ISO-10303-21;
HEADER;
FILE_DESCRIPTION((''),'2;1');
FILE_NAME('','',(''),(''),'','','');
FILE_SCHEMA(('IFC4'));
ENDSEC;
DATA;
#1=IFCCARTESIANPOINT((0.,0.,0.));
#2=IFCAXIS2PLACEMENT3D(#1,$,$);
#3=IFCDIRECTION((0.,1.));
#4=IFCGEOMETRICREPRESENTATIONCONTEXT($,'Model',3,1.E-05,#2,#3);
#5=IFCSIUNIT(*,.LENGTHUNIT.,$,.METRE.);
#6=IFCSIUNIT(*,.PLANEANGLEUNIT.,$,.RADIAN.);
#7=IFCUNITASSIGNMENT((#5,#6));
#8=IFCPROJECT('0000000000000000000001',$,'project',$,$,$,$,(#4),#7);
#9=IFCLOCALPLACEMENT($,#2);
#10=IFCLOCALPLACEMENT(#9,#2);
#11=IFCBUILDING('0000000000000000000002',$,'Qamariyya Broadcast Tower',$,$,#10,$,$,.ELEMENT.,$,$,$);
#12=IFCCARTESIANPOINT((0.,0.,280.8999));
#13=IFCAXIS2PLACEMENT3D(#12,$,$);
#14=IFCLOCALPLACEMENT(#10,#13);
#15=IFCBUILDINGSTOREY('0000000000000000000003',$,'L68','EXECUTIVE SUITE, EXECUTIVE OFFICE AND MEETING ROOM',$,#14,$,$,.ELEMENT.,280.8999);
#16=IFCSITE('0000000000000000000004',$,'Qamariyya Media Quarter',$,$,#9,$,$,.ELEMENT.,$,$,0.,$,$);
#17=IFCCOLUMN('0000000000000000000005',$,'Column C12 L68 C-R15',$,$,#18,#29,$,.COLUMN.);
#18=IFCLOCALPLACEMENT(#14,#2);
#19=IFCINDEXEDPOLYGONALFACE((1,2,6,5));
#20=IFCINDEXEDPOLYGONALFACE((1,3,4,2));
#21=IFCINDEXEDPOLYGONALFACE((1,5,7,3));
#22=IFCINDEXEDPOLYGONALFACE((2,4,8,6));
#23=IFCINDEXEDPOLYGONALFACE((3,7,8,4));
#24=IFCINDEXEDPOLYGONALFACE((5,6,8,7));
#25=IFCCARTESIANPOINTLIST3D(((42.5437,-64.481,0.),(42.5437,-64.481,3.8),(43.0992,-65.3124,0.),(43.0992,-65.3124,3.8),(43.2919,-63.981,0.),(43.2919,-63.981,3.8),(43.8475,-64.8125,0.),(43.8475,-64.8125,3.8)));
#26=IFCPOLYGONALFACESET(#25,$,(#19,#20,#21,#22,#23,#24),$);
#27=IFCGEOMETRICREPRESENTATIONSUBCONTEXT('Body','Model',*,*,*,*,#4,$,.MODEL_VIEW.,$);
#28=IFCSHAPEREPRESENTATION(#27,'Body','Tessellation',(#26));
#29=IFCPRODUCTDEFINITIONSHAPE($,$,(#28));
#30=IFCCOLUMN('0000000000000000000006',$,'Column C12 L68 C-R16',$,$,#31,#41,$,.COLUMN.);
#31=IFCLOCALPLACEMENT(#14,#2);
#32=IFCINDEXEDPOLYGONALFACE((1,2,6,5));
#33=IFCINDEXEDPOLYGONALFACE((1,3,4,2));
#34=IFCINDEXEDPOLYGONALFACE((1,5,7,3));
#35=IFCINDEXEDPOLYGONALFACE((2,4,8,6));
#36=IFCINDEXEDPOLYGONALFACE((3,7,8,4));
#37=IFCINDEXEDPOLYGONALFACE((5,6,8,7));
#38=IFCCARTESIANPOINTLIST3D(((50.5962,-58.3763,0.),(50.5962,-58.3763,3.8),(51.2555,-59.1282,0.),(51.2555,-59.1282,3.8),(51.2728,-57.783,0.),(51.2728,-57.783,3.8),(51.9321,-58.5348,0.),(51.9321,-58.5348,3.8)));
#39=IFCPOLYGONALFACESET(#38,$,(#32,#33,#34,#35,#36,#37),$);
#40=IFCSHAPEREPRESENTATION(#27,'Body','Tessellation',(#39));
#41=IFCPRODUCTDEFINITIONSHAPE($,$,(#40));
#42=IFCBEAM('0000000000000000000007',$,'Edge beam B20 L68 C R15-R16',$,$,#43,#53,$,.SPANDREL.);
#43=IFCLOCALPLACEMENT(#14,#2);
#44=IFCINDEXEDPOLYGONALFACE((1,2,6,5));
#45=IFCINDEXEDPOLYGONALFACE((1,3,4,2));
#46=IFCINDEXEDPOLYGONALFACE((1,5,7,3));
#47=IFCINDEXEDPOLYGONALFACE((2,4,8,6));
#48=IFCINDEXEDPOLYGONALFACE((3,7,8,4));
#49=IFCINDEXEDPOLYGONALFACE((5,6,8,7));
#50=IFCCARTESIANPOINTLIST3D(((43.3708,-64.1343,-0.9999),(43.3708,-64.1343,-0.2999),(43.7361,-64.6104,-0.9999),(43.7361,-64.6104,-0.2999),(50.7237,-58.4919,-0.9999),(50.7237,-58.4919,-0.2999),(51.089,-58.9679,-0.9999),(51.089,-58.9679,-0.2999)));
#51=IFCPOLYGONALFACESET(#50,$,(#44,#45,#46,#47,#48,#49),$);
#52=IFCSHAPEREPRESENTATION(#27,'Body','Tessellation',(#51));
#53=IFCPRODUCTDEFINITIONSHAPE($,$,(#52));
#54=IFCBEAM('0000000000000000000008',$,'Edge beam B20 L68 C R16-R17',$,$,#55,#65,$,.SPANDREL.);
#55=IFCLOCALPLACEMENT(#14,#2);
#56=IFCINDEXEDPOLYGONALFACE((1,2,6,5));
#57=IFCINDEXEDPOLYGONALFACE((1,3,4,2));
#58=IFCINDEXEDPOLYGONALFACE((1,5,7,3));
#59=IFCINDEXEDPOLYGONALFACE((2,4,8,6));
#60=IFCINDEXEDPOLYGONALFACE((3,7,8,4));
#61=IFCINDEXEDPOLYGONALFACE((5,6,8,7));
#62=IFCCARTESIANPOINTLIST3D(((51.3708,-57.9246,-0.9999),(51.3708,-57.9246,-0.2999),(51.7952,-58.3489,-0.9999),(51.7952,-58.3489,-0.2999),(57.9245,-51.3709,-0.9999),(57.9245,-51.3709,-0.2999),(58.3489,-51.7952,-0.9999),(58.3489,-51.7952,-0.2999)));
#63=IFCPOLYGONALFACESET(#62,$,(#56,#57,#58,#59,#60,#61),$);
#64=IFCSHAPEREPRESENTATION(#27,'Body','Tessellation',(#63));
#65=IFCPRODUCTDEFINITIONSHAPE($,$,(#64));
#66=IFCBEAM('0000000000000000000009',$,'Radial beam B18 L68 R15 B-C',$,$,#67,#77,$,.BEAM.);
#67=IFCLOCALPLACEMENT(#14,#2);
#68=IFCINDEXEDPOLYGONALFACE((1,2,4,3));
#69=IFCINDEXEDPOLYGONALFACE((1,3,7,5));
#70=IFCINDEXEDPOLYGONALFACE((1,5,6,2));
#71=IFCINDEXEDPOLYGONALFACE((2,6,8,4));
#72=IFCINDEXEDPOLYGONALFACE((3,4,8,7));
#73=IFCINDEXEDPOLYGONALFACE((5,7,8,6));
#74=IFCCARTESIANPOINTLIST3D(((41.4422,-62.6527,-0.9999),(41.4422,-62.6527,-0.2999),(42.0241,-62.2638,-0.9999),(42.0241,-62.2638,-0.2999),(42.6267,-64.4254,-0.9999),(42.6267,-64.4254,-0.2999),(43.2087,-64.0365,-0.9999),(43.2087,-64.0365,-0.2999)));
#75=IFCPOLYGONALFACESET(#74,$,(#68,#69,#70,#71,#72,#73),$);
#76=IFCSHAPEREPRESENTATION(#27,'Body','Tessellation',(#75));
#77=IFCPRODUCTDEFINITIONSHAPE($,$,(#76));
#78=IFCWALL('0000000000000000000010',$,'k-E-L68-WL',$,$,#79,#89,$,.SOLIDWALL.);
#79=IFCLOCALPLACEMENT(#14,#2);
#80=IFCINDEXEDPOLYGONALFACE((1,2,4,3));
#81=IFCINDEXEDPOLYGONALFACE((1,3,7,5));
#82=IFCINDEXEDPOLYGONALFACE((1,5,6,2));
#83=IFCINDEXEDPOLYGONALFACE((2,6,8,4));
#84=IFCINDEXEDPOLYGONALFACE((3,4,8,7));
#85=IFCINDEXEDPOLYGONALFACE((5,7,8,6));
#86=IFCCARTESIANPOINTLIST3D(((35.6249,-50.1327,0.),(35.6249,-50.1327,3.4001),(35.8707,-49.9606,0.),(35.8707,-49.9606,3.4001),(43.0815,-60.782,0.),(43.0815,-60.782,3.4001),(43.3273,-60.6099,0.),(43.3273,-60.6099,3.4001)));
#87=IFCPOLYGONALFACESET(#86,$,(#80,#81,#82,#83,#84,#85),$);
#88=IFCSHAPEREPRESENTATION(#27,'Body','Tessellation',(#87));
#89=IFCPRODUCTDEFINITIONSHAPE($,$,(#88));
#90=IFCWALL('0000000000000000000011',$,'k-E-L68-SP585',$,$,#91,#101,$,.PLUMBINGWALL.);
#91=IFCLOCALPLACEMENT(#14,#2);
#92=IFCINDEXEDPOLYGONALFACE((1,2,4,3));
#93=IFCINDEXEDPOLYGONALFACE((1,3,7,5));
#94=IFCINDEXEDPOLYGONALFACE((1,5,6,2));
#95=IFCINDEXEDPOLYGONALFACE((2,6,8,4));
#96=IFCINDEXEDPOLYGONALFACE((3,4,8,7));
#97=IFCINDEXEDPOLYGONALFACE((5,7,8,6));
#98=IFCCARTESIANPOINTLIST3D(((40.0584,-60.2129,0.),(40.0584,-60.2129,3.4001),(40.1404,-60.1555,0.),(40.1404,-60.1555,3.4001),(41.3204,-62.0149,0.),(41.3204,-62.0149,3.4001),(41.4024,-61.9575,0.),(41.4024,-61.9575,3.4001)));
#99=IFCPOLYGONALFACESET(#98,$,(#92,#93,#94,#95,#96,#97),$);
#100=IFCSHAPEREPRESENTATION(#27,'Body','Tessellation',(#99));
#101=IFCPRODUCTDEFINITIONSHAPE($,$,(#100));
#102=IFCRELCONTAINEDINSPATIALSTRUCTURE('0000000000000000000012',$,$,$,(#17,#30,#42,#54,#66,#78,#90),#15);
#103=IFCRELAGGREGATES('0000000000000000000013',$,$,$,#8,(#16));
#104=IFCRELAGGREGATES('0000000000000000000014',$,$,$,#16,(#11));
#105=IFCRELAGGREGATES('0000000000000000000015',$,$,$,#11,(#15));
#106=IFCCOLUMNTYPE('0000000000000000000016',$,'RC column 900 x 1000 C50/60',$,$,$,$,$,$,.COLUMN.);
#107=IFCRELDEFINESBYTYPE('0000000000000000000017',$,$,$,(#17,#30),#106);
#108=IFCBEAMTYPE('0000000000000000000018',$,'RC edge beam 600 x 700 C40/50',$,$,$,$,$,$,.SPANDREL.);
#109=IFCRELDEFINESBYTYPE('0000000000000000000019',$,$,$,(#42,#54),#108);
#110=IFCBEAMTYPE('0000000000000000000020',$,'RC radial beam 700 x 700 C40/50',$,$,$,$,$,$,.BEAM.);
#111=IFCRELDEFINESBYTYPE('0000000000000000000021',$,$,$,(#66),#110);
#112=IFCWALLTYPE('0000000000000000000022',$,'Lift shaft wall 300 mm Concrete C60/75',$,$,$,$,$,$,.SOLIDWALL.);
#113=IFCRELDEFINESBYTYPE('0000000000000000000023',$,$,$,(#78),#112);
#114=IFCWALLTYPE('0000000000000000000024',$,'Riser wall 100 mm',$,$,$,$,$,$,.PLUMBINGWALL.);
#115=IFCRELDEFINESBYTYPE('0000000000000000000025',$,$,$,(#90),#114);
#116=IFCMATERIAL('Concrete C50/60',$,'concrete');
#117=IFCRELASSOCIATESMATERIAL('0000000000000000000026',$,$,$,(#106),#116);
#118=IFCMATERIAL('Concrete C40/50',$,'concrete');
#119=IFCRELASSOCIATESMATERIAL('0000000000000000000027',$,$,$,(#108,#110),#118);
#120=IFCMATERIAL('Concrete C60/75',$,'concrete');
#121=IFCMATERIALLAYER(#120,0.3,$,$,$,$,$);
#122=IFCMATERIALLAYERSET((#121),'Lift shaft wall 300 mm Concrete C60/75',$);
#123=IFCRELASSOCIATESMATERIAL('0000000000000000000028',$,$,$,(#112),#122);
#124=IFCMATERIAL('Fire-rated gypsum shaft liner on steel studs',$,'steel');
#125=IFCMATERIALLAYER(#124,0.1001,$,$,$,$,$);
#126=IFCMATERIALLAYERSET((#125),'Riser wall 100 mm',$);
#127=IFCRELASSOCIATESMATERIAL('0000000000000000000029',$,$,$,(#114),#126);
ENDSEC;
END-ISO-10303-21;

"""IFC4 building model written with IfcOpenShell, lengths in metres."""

from ifc_helpers import new_model, si_unit, direction, frame, frame_2d, origin, origin_2d, place, context, subcontext, project, spatial, rectangle, extrude, material, layer, layer_set, material_profile, profile_set, type_object, element, save


model = new_model("IFC4")

# Units and contexts
model_context = context("Model", 3, precision=1e-05, world=origin(), true_north=direction((0.0, 1.0)))
body_context = subcontext(model_context, "Body", "Model", "MODEL_VIEW")
ifc_project = project(units=[si_unit("LENGTHUNIT", "METRE"), si_unit("PLANEANGLEUNIT", "RADIAN")], contexts=[model_context])

# Site, building, storey
site_placement = place(None, origin())
site = spatial("IfcSite", under=ifc_project, at=site_placement, Name="Qamariyya Media Quarter", CompositionType="ELEMENT", RefElevation=0.0)
building_placement = place(site_placement, origin())
building = spatial("IfcBuilding", under=site, at=building_placement, Name="Qamariyya Broadcast Tower", CompositionType="ELEMENT")
storey_placement = place(building_placement, frame((0.0, 0.0, 280.8999)))
storey = spatial("IfcBuildingStorey", under=building, at=storey_placement, Name="L68", Description="EXECUTIVE SUITE, EXECUTIVE OFFICE AND MEETING ROOM", CompositionType="ELEMENT", Elevation=280.8999)

# Columns
ifc_material_1 = material(Name="Concrete C50/60", Category="concrete")
ifc_material_profile_1 = material_profile(ifc_material_1, rectangle(XDim=0.8999, YDim=1.0, at=origin_2d()))
ifc_profile_set_1 = profile_set([ifc_material_profile_1], Name="Concrete C50/60")
column_type = type_object("IfcColumnType", Name="RC column 900 x 1000 C50/60", PredefinedType="COLUMN", material=ifc_profile_set_1)
for number, where, z_axis, x_axis, name in (
    (1, (43.1956, -64.6467, 0.0), (0.0, 0.0, 1.0), (0.83147, 0.55557, 0.0), "Column C12 L68 C-R15"),
    (2, (51.2642, -58.4556, 0.0), (0.0, 0.0, 1.0), (0.75184, 0.659346, 0.0), "Column C12 L68 C-R16"),
):
    element("IfcColumn", number, at=place(storey_placement, frame(where, z_axis=z_axis, x_axis=x_axis)), inside=storey, type_object=column_type, Name=name, PredefinedType="COLUMN", context=body_context, shape_type="SweptSolid", body=[
        extrude(rectangle(XDim=0.8999, YDim=1.0, at=origin_2d()), origin(), (0.0, 0.0, 1.0), 3.8),
    ])

# Beams
ifc_material_2 = material(Name="Concrete C40/50", Category="concrete")
ifc_material_profile_2 = material_profile(ifc_material_2, rectangle(XDim=0.6001, YDim=0.7, at=origin_2d()))
ifc_profile_set_2 = profile_set([ifc_material_profile_2], Name="Concrete C40/50")
beam_type_1 = type_object("IfcBeamType", Name="RC edge beam 600 x 700 C40/50", PredefinedType="SPANDREL", material=ifc_profile_set_2)
for number, where, z_axis, x_axis, name in (
    (3, (43.5535, -64.3723, -0.6499), (0.793335, 0.608785, 0.0), (-0.608785, 0.793335, 0.0), "Edge beam B20 L68 C R15-R16"),
    (4, (51.583, -58.1367, -0.6499), (0.707107, 0.707107, 0.0), (-0.707107, 0.707107, 0.0), "Edge beam B20 L68 C R16-R17"),
):
    element("IfcBeam", number, at=place(storey_placement, frame(where, z_axis=z_axis, x_axis=x_axis)), inside=storey, type_object=beam_type_1, Name=name, PredefinedType="SPANDREL", context=body_context, shape_type="SweptSolid", body=[
        extrude(rectangle(XDim=0.6001, YDim=0.7, at=origin_2d()), origin(), (0.0, 0.0, 1.0), 9.2683),
    ])
ifc_material_profile_3 = material_profile(ifc_material_2, rectangle(XDim=0.7, YDim=0.7, at=origin_2d()))
ifc_profile_set_3 = profile_set([ifc_material_profile_3], Name="Concrete C40/50")
beam_type_2 = type_object("IfcBeamType", Name="RC radial beam 700 x 700 C40/50", PredefinedType="BEAM", material=ifc_profile_set_3)
beam_placement = place(storey_placement, frame((41.7332, -62.4583, -0.6499), z_axis=(0.555598, -0.831451, 0.0), x_axis=(0.831451, 0.555598, 0.0)))
element("IfcBeam", 5, at=beam_placement, inside=storey, type_object=beam_type_2, Name="Radial beam B18 L68 R15 B-C", PredefinedType="BEAM", context=body_context, shape_type="SweptSolid", body=[
    extrude(rectangle(XDim=0.7, YDim=0.7, at=origin_2d()), origin(), (0.0, 0.0, 1.0), 2.1321),
])

# Walls
ifc_material_3 = material(Name="Concrete C60/75", Category="concrete")
ifc_layer_1 = layer(ifc_material_3, 0.3)
ifc_layer_set_1 = layer_set([ifc_layer_1], Name="Lift shaft wall 300 mm Concrete C60/75")
wall_type_1 = type_object("IfcWallType", Name="Lift shaft wall 300 mm Concrete C60/75", PredefinedType="SOLIDWALL", material=ifc_layer_set_1)
wall_1_placement = place(storey_placement, frame((43.2043, -60.6958, 0.0), z_axis=(0.0, 0.0, 1.0), x_axis=(-0.573572, 0.819155, 0.0)))
element("IfcWall", 6, at=wall_1_placement, inside=storey, type_object=wall_type_1, Name="k-E-L68-WL", PredefinedType="SOLIDWALL", context=body_context, shape_type="SweptSolid", body=[
    extrude(rectangle(XDim=13.0002, YDim=0.3, at=frame_2d((6.5, 0.0))), origin(), (0.0, 0.0, 1.0), 3.4001),
])
ifc_material_4 = material(Name="Fire-rated gypsum shaft liner on steel studs", Category="steel")
ifc_layer_2 = layer(ifc_material_4, 0.1001)
ifc_layer_set_2 = layer_set([ifc_layer_2], Name="Riser wall 100 mm")
wall_type_2 = type_object("IfcWallType", Name="Riser wall 100 mm", PredefinedType="PLUMBINGWALL", material=ifc_layer_set_2)
wall_2_placement = place(storey_placement, frame((40.0994, -60.1841, 0.0), z_axis=(0.0, 0.0, 1.0), x_axis=(0.573634, -0.819112, 0.0)))
element("IfcWall", 7, at=wall_2_placement, inside=storey, type_object=wall_type_2, Name="k-E-L68-SP585", PredefinedType="PLUMBINGWALL", context=body_context, shape_type="SweptSolid", body=[
    extrude(rectangle(XDim=2.2, YDim=0.1001, at=frame_2d((1.1001, 0.0))), origin(), (0.0, 0.0, 1.0), 3.4001),
])

save(model, "model.ifc")
